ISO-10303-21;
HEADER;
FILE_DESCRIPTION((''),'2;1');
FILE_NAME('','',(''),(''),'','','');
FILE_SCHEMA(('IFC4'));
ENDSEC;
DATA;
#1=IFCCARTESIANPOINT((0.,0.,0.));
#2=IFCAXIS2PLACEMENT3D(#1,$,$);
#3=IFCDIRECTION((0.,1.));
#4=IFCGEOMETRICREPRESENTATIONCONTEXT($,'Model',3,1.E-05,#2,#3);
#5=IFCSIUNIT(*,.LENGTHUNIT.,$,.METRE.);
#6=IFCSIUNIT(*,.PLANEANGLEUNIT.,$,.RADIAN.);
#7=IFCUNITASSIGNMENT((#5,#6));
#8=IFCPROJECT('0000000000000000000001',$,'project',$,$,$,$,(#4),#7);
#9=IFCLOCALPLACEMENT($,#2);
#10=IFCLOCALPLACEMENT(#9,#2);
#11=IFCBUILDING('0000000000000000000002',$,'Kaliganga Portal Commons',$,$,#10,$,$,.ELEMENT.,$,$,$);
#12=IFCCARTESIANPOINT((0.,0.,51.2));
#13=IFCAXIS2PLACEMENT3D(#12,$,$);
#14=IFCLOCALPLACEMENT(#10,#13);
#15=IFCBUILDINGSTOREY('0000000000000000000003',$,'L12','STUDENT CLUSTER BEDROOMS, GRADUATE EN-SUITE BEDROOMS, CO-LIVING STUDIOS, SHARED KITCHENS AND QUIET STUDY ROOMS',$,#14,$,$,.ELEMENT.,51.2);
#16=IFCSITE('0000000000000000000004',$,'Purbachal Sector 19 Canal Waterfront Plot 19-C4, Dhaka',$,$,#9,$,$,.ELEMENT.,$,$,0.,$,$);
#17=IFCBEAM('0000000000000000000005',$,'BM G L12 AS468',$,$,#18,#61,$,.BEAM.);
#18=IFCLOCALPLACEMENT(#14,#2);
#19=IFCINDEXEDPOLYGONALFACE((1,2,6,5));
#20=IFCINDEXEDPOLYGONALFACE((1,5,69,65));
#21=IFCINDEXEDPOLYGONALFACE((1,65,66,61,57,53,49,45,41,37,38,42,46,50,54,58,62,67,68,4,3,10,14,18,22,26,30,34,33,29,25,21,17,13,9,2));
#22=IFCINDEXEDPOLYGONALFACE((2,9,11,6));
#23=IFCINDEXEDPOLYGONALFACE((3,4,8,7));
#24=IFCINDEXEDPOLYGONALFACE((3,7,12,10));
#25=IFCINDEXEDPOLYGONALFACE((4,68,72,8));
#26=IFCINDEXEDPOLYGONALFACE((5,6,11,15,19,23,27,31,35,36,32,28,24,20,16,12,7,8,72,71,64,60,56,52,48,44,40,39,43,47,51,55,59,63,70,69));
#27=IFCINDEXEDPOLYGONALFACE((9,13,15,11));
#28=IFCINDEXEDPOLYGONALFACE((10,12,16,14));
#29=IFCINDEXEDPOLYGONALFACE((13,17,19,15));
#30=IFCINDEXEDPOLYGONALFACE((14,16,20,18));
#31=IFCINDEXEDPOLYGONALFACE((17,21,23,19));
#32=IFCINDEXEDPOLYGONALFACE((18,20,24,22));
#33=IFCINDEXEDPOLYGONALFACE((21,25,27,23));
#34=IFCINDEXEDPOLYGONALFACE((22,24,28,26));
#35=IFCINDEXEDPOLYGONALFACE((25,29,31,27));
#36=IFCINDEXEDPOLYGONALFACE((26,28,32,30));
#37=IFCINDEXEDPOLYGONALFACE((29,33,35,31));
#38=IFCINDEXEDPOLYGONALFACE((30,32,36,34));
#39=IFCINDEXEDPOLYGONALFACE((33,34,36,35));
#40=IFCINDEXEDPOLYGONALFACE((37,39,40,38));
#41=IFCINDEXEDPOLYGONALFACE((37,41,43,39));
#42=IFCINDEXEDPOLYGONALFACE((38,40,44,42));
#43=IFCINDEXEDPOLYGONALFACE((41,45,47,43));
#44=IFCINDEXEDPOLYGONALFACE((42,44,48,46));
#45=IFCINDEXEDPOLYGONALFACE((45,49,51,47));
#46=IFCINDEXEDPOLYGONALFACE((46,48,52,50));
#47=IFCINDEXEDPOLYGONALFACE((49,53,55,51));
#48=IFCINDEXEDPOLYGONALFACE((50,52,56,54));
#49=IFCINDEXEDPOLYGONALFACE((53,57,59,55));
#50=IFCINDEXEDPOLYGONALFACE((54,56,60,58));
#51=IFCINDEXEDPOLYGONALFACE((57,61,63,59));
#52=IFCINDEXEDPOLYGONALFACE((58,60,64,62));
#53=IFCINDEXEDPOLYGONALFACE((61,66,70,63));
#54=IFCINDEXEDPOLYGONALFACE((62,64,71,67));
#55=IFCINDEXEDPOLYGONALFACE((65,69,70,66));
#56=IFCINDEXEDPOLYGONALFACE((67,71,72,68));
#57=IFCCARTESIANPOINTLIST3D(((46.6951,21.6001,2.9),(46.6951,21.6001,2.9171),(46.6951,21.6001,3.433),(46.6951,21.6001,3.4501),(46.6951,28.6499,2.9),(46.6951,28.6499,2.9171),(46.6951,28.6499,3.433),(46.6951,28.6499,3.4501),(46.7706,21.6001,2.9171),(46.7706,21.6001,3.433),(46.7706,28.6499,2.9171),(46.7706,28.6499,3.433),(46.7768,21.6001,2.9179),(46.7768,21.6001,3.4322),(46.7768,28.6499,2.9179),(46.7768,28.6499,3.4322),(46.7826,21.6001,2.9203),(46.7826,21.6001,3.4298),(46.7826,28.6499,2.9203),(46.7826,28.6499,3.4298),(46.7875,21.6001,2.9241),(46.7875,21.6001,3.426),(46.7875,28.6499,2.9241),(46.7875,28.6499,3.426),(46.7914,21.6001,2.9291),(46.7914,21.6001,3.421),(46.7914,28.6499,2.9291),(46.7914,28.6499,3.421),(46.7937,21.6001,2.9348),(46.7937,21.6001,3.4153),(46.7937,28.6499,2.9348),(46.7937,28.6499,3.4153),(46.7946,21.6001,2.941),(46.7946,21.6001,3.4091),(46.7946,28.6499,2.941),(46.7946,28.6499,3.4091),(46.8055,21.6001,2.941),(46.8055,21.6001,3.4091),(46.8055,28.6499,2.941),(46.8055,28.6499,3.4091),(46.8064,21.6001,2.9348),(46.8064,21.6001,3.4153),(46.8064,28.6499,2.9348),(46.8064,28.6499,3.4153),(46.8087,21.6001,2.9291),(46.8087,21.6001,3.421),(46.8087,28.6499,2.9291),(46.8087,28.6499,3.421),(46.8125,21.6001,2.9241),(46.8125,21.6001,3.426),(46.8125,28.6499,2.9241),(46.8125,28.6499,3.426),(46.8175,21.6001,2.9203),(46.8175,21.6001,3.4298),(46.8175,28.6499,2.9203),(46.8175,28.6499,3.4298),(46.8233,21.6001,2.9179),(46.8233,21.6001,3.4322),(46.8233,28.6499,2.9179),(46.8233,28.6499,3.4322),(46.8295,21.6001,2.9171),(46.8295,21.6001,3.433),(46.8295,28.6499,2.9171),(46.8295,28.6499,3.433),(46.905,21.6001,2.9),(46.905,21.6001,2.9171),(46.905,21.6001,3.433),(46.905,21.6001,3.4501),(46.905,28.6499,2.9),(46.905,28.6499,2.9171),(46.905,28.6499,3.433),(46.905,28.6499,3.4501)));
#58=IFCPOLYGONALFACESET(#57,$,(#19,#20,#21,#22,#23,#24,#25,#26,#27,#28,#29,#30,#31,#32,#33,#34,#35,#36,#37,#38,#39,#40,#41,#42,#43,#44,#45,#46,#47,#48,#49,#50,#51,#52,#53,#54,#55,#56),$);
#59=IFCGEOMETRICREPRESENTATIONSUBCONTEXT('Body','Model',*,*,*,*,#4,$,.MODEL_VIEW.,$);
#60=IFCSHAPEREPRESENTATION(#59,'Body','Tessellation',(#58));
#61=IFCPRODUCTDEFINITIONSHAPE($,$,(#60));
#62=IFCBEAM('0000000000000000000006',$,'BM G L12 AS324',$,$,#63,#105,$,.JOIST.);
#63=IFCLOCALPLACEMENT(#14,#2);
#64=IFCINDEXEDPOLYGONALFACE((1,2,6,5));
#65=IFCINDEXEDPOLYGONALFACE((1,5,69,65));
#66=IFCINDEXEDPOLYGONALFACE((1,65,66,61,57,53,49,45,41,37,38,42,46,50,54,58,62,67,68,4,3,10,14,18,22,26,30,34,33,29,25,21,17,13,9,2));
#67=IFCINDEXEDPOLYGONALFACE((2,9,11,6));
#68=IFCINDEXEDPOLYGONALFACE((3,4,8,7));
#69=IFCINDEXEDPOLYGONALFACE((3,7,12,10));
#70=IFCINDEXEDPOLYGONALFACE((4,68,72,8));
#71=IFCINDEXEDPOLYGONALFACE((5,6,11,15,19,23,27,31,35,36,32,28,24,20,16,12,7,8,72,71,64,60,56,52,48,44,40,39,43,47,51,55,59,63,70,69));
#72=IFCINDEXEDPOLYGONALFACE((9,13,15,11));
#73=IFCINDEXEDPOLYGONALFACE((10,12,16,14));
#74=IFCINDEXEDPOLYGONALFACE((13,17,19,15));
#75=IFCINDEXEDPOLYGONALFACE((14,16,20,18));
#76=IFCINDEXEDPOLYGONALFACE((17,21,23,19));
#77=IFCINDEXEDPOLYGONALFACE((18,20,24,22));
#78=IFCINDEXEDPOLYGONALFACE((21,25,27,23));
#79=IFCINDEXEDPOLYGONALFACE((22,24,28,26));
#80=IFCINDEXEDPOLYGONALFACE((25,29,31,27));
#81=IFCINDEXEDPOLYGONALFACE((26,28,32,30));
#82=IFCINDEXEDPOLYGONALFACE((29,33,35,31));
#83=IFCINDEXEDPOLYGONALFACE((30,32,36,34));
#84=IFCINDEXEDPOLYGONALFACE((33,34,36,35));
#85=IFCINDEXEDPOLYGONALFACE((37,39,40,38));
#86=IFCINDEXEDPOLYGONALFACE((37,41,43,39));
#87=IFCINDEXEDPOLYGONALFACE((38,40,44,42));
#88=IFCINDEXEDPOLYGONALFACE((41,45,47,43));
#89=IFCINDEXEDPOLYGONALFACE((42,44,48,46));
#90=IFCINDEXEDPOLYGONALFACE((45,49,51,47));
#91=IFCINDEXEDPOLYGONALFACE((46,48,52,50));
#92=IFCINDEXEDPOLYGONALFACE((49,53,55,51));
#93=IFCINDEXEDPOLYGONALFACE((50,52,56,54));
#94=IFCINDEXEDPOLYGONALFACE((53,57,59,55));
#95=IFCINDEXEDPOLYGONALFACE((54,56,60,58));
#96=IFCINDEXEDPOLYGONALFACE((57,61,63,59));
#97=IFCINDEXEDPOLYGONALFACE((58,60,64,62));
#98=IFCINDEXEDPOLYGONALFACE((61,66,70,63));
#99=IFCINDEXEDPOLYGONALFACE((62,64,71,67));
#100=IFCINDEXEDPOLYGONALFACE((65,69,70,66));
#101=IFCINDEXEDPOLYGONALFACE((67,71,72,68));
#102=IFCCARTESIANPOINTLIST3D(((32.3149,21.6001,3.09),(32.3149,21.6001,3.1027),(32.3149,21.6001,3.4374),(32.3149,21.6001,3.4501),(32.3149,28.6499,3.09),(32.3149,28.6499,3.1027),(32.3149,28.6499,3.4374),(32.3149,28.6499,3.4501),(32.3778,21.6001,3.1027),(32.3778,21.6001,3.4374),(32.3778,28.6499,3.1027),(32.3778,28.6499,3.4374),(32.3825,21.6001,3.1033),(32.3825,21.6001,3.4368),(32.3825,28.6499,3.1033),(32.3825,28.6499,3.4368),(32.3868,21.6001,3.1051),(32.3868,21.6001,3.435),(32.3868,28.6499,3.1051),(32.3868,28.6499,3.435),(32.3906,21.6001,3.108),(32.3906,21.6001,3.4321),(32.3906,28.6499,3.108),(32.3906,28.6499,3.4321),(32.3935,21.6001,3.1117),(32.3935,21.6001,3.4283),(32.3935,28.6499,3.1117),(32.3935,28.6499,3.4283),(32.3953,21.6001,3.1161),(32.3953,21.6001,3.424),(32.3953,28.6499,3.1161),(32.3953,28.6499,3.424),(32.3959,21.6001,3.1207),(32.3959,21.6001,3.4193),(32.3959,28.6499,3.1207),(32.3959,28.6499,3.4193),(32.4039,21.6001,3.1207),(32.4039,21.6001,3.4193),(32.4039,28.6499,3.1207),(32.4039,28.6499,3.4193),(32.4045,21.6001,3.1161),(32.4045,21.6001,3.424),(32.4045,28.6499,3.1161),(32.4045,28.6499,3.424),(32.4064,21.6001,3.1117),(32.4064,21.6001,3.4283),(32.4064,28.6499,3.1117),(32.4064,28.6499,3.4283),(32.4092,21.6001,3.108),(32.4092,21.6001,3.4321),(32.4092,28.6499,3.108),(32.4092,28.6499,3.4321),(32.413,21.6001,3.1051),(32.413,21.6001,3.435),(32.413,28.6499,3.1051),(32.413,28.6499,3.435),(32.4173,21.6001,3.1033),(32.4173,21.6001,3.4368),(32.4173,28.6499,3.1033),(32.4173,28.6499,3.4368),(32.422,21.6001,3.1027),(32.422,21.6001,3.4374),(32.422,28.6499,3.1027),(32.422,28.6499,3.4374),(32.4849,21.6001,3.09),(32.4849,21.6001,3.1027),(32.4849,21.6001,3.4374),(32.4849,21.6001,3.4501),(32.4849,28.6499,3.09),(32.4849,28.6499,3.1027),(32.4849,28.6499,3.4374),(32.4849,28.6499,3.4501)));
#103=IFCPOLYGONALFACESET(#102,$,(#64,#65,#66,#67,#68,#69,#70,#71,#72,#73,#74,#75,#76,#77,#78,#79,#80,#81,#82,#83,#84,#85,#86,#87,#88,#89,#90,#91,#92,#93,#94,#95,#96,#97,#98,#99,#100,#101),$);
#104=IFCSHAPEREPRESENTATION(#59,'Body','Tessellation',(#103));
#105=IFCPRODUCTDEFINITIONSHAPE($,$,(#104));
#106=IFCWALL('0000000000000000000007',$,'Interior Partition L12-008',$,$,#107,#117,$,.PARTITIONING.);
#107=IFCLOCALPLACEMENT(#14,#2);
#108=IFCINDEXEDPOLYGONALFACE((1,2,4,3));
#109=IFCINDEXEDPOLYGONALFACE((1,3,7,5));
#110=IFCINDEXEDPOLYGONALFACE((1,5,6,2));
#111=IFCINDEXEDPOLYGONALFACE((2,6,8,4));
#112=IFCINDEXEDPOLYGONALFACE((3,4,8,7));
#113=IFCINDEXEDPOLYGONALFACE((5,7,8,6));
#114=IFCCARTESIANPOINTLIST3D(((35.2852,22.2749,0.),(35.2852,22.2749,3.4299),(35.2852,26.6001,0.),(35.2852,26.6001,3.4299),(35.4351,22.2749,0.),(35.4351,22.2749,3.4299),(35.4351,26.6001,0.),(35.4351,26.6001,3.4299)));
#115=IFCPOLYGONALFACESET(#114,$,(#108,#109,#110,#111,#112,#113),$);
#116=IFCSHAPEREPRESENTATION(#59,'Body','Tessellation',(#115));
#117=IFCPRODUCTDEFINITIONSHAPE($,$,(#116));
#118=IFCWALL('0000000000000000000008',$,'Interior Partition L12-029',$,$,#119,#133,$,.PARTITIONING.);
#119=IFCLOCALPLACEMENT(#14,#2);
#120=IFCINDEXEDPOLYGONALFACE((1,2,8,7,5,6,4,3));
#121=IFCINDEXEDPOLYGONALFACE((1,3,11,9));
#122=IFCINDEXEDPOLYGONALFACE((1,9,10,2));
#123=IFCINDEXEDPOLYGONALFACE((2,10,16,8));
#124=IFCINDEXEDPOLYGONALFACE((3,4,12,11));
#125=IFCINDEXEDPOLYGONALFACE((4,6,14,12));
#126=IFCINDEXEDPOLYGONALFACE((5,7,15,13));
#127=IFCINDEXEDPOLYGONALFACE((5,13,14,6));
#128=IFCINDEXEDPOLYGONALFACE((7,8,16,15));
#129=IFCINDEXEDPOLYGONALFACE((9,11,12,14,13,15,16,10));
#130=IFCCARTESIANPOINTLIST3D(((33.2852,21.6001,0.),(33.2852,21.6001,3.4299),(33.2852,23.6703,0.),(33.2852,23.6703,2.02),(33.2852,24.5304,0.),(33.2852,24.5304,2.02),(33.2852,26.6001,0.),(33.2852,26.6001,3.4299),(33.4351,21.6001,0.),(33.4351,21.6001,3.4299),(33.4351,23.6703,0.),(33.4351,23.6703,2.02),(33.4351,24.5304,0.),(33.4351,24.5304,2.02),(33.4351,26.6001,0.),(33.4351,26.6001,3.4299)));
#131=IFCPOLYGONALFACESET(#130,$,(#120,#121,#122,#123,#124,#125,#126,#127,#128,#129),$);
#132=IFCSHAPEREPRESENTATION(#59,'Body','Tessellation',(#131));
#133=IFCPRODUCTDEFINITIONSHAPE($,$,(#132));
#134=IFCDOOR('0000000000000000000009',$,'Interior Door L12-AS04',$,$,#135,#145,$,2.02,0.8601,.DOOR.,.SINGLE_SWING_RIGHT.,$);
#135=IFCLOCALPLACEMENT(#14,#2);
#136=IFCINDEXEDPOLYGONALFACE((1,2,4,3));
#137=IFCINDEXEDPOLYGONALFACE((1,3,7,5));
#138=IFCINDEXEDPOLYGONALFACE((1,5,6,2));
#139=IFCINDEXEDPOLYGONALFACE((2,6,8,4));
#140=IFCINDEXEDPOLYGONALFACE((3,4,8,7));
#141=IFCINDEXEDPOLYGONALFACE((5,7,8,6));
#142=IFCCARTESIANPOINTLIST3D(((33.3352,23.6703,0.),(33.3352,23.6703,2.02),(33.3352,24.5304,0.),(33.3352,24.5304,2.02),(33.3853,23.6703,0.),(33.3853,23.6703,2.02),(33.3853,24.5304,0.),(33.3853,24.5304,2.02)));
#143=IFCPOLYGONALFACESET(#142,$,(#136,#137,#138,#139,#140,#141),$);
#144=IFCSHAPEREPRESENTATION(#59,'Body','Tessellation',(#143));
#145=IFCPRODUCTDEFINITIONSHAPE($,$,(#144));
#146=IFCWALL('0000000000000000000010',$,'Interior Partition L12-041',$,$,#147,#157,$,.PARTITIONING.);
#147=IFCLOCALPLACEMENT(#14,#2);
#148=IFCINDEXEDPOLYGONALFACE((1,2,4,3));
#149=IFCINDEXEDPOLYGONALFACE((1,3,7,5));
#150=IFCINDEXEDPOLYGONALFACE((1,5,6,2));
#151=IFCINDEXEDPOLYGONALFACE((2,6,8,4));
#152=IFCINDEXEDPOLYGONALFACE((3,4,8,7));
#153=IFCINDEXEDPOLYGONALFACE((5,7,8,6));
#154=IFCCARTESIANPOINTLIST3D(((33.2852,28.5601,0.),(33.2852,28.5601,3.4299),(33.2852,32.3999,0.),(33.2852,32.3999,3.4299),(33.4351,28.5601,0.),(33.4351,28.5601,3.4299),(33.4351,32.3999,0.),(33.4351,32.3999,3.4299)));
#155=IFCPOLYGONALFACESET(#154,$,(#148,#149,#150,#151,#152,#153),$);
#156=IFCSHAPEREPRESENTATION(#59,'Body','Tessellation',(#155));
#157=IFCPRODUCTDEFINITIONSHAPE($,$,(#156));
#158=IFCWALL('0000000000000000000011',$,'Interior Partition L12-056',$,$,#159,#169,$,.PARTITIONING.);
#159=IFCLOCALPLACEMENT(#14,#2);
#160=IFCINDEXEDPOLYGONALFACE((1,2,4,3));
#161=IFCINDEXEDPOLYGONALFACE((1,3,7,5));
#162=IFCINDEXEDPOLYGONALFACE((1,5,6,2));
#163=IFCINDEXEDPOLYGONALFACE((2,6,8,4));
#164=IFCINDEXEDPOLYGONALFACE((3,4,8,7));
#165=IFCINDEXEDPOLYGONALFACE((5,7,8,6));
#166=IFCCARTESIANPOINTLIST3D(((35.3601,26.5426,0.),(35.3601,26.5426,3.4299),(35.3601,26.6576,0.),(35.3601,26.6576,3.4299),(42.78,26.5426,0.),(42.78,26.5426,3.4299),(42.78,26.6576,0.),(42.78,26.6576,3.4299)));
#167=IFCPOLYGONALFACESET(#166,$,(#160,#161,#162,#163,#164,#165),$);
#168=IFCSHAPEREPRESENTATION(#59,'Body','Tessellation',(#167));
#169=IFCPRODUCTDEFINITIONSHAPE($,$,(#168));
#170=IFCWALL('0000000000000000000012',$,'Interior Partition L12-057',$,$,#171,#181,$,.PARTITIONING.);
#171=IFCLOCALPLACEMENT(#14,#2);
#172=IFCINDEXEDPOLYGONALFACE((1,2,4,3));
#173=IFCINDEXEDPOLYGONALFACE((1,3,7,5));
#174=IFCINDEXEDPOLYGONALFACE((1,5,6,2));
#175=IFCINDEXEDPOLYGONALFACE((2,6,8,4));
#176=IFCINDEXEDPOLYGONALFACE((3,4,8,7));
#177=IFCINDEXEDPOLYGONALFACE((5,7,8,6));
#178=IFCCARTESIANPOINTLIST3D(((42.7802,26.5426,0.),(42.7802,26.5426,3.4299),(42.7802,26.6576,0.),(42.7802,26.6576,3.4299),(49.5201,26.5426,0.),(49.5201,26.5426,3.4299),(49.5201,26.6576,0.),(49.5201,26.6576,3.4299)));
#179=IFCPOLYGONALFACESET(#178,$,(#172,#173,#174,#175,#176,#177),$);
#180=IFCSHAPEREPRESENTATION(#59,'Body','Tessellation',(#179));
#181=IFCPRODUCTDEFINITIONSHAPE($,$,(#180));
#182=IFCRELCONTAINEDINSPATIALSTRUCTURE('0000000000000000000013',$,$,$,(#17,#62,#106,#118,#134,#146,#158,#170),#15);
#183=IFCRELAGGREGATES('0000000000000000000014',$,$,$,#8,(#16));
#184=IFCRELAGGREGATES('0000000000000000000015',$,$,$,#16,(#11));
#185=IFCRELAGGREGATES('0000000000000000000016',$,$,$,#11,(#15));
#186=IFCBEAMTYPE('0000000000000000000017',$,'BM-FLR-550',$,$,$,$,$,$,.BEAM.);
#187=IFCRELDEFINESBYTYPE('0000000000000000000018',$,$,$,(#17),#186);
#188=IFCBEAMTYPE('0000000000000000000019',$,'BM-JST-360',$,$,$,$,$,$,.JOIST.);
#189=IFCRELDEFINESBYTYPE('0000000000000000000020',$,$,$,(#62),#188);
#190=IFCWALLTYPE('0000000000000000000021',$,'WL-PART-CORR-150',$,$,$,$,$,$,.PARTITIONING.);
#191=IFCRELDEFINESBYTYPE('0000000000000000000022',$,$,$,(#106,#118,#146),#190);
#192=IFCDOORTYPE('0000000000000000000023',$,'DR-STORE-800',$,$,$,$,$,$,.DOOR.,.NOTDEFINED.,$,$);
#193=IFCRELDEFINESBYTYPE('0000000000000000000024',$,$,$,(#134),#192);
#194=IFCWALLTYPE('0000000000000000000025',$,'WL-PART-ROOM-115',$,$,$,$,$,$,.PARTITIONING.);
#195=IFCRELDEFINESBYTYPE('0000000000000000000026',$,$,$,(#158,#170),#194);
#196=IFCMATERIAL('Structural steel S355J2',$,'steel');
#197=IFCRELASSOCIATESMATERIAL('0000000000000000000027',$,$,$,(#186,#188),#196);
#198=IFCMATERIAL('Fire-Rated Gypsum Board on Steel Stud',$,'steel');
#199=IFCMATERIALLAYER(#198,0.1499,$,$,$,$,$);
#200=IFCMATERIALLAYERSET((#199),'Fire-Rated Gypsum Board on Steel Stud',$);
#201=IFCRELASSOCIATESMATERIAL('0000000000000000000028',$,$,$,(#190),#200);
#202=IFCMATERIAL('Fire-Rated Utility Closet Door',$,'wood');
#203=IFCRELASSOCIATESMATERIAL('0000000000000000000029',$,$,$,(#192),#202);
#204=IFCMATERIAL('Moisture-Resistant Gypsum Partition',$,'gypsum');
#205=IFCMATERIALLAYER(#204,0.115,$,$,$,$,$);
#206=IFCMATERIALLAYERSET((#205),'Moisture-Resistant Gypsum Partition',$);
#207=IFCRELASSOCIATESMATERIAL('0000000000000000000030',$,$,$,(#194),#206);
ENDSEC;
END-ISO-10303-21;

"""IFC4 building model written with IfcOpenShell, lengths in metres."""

from ifc_helpers import new_model, si_unit, direction, frame, frame_2d, origin, origin_2d, place, context, subcontext, project, spatial, rectangle, i_section, extrude, source, transform, mapped, material, layer, layer_set, material_profile, profile_set, type_object, element, fill, save


model = new_model("IFC4")

# Units and contexts
model_context = context("Model", 3, precision=1e-05, world=origin(), true_north=direction((0.0, 1.0)))
body_context = subcontext(model_context, "Body", "Model", "MODEL_VIEW")
ifc_project = project(units=[si_unit("LENGTHUNIT", "METRE"), si_unit("PLANEANGLEUNIT", "RADIAN")], contexts=[model_context])

# Site, building, storey
site_placement = place(None, origin())
site = spatial("IfcSite", under=ifc_project, at=site_placement, Name="Purbachal Sector 19 Canal Waterfront Plot 19-C4, Dhaka", CompositionType="ELEMENT", RefElevation=0.0)
building_placement = place(site_placement, origin())
building = spatial("IfcBuilding", under=site, at=building_placement, Name="Kaliganga Portal Commons", CompositionType="ELEMENT")
storey_placement = place(building_placement, frame((0.0, 0.0, 51.2)))
storey = spatial("IfcBuildingStorey", under=building, at=storey_placement, Name="L12", Description="STUDENT CLUSTER BEDROOMS, GRADUATE EN-SUITE BEDROOMS, CO-LIVING STUDIOS, SHARED KITCHENS AND QUIET STUDY ROOMS", CompositionType="ELEMENT", Elevation=51.2)

# Beams
ifc_material_1 = material(Name="Structural steel S355J2", Category="steel")
ifc_material_profile_1 = material_profile(ifc_material_1, i_section(OverallWidth=0.21, OverallDepth=0.55, WebThickness=0.011, FlangeThickness=0.0171, FilletRadius=0.0239, at=origin_2d()), Name="IPE 550")
ifc_profile_set_1 = profile_set([ifc_material_profile_1], Name="Structural steel S355J2 wide-flange")
beam_type_1 = type_object("IfcBeamType", Name="BM-FLR-550", PredefinedType="BEAM", material=ifc_profile_set_1)
shared_shape_1 = source(origin(), body_context, "Body", "SweptSolid", [
    extrude(i_section(OverallWidth=0.21, OverallDepth=0.55, WebThickness=0.011, FlangeThickness=0.0171, FilletRadius=0.0239, at=origin_2d()), origin(), (0.0, 0.0, 1.0), 7.0498),
])
for number, where, z_axis, x_axis, name in (
    (1, (46.8, 21.6001, 3.175), (0.0, 1.0, 0.0), (-1.0, 0.0, 0.0), "BM G L12 AS468"),
):
    element("IfcBeam", number, at=place(storey_placement, frame(where, z_axis=z_axis, x_axis=x_axis)), inside=storey, type_object=beam_type_1, Name=name, PredefinedType="BEAM", context=body_context, shape_type="MappedRepresentation", body=[
        mapped(shared_shape_1, transform((0.0, 0.0, 0.0), x_axis=(1.0, 0.0, 0.0), y_axis=(0.0, 1.0, 0.0), z_axis=(0.0, 0.0, 1.0), scale=1.0)),
    ])
ifc_material_profile_2 = material_profile(ifc_material_1, i_section(OverallWidth=0.1699, OverallDepth=0.3601, WebThickness=0.0081, FlangeThickness=0.0127, FilletRadius=0.0181, at=origin_2d()), Name="IPE 360")
ifc_profile_set_2 = profile_set([ifc_material_profile_2], Name="Structural steel S355J2 wide-flange")
beam_type_2 = type_object("IfcBeamType", Name="BM-JST-360", PredefinedType="JOIST", material=ifc_profile_set_2)
shared_shape_2 = source(origin(), body_context, "Body", "SweptSolid", [
    extrude(i_section(OverallWidth=0.1699, OverallDepth=0.3601, WebThickness=0.0081, FlangeThickness=0.0127, FilletRadius=0.0181, at=origin_2d()), origin(), (0.0, 0.0, 1.0), 7.0498),
])
beam_1_placement = place(storey_placement, frame((32.3999, 21.6001, 3.27), z_axis=(0.0, 1.0, 0.0), x_axis=(-1.0, 0.0, 0.0)))
element("IfcBeam", 2, at=beam_1_placement, inside=storey, type_object=beam_type_2, Name="BM G L12 AS324", PredefinedType="JOIST", context=body_context, shape_type="MappedRepresentation", body=[
    mapped(shared_shape_2, transform((0.0, 0.0, 0.0), x_axis=(1.0, 0.0, 0.0), y_axis=(0.0, 1.0, 0.0), z_axis=(0.0, 0.0, 1.0), scale=1.0)),
])

# Wall
ifc_material_2 = material(Name="Fire-Rated Gypsum Board on Steel Stud", Category="steel")
ifc_layer_1 = layer(ifc_material_2, 0.1499)
ifc_layer_set_1 = layer_set([ifc_layer_1], Name="Fire-Rated Gypsum Board on Steel Stud")
wall_type_1 = type_object("IfcWallType", Name="WL-PART-CORR-150", PredefinedType="PARTITIONING", material=ifc_layer_set_1)
wall_1_placement = place(storey_placement, frame((35.3601, 22.2749, 0.0), z_axis=(0.0, 0.0, 1.0), x_axis=(0.0, 1.0, 0.0)))
element("IfcWall", 3, at=wall_1_placement, inside=storey, type_object=wall_type_1, Name="Interior Partition L12-008", PredefinedType="PARTITIONING", context=body_context, shape_type="SweptSolid", body=[
    extrude(rectangle(XDim=4.3252, YDim=0.1499, at=frame_2d((2.1626, 0.0))), origin(), (0.0, 0.0, 1.0), 3.4299),
])

# Wall, opening, door
wall_2_placement = place(storey_placement, frame((33.3601, 21.6001, 0.0), z_axis=(0.0, 0.0, 1.0), x_axis=(0.0, 1.0, 0.0)))
wall_2 = element("IfcWall", 4, at=wall_2_placement, inside=storey, type_object=wall_type_1, Name="Interior Partition L12-029", PredefinedType="PARTITIONING", context=body_context, shape_type="SweptSolid", body=[
    extrude(rectangle(XDim=5.0, YDim=0.1499, at=frame_2d((2.5, 0.0))), origin(), (0.0, 0.0, 1.0), 3.4299),
])
opening_placement = place(wall_2_placement, frame((2.0701, 0.0, 0.0)))
opening = element("IfcOpeningElement", 5, at=opening_placement, cuts=wall_2, PredefinedType="OPENING", context=body_context, shape_type="SweptSolid", body=[
    extrude(rectangle(XDim=0.8601, YDim=2.02, at=frame_2d((0.4302, 1.01))), frame((0.0, 0.085, 0.0), z_axis=(0.0, -1.0, 0.0), x_axis=(1.0, 0.0, 0.0)), (0.0, 0.0, 1.0), 0.1699),
])
ifc_material_3 = material(Name="Fire-Rated Utility Closet Door", Category="wood")
door_type = type_object("IfcDoorType", Name="DR-STORE-800", OperationType="NOTDEFINED", PredefinedType="DOOR", material=ifc_material_3)
door_placement = place(opening_placement, origin())
door = element("IfcDoor", 6, at=door_placement, inside=storey, type_object=door_type, Name="Interior Door L12-AS04", OperationType="SINGLE_SWING_RIGHT", OverallHeight=2.02, OverallWidth=0.8601, PredefinedType="DOOR", context=body_context, shape_type="SweptSolid", body=[
    extrude(rectangle(XDim=0.8601, YDim=2.02, at=frame_2d((0.4302, 1.01))), frame((0.0, 0.0249, 0.0), z_axis=(0.0, -1.0, 0.0), x_axis=(1.0, 0.0, 0.0)), (0.0, 0.0, 1.0), 0.05),
])
fill(opening, door)

# Walls
wall_3_placement = place(storey_placement, frame((33.3601, 28.5601, 0.0), z_axis=(0.0, 0.0, 1.0), x_axis=(0.0, 1.0, 0.0)))
element("IfcWall", 7, at=wall_3_placement, inside=storey, type_object=wall_type_1, Name="Interior Partition L12-041", PredefinedType="PARTITIONING", context=body_context, shape_type="SweptSolid", body=[
    extrude(rectangle(XDim=3.8398, YDim=0.1499, at=frame_2d((1.9199, 0.0))), origin(), (0.0, 0.0, 1.0), 3.4299),
])
ifc_material_4 = material(Name="Moisture-Resistant Gypsum Partition", Category="gypsum")
ifc_layer_2 = layer(ifc_material_4, 0.115)
ifc_layer_set_2 = layer_set([ifc_layer_2], Name="Moisture-Resistant Gypsum Partition")
wall_type_2 = type_object("IfcWallType", Name="WL-PART-ROOM-115", PredefinedType="PARTITIONING", material=ifc_layer_set_2)
wall_4_placement = place(storey_placement, frame((35.3601, 26.6001, 0.0), z_axis=(0.0, 0.0, 1.0), x_axis=(1.0, 0.0, 0.0)))
element("IfcWall", 8, at=wall_4_placement, inside=storey, type_object=wall_type_2, Name="Interior Partition L12-056", PredefinedType="PARTITIONING", context=body_context, shape_type="SweptSolid", body=[
    extrude(rectangle(XDim=7.4199, YDim=0.115, at=frame_2d((3.71, 0.0))), origin(), (0.0, 0.0, 1.0), 3.4299),
])
wall_5_placement = place(storey_placement, frame((42.78, 26.6001, 0.0), z_axis=(0.0, 0.0, 1.0), x_axis=(1.0, 0.0, 0.0)))
element("IfcWall", 9, at=wall_5_placement, inside=storey, type_object=wall_type_2, Name="Interior Partition L12-057", PredefinedType="PARTITIONING", context=body_context, shape_type="SweptSolid", body=[
    extrude(rectangle(XDim=6.74, YDim=0.115, at=frame_2d((3.3701, 0.0))), origin(), (0.0, 0.0, 1.0), 3.4299),
])

save(model, "model.ifc")
